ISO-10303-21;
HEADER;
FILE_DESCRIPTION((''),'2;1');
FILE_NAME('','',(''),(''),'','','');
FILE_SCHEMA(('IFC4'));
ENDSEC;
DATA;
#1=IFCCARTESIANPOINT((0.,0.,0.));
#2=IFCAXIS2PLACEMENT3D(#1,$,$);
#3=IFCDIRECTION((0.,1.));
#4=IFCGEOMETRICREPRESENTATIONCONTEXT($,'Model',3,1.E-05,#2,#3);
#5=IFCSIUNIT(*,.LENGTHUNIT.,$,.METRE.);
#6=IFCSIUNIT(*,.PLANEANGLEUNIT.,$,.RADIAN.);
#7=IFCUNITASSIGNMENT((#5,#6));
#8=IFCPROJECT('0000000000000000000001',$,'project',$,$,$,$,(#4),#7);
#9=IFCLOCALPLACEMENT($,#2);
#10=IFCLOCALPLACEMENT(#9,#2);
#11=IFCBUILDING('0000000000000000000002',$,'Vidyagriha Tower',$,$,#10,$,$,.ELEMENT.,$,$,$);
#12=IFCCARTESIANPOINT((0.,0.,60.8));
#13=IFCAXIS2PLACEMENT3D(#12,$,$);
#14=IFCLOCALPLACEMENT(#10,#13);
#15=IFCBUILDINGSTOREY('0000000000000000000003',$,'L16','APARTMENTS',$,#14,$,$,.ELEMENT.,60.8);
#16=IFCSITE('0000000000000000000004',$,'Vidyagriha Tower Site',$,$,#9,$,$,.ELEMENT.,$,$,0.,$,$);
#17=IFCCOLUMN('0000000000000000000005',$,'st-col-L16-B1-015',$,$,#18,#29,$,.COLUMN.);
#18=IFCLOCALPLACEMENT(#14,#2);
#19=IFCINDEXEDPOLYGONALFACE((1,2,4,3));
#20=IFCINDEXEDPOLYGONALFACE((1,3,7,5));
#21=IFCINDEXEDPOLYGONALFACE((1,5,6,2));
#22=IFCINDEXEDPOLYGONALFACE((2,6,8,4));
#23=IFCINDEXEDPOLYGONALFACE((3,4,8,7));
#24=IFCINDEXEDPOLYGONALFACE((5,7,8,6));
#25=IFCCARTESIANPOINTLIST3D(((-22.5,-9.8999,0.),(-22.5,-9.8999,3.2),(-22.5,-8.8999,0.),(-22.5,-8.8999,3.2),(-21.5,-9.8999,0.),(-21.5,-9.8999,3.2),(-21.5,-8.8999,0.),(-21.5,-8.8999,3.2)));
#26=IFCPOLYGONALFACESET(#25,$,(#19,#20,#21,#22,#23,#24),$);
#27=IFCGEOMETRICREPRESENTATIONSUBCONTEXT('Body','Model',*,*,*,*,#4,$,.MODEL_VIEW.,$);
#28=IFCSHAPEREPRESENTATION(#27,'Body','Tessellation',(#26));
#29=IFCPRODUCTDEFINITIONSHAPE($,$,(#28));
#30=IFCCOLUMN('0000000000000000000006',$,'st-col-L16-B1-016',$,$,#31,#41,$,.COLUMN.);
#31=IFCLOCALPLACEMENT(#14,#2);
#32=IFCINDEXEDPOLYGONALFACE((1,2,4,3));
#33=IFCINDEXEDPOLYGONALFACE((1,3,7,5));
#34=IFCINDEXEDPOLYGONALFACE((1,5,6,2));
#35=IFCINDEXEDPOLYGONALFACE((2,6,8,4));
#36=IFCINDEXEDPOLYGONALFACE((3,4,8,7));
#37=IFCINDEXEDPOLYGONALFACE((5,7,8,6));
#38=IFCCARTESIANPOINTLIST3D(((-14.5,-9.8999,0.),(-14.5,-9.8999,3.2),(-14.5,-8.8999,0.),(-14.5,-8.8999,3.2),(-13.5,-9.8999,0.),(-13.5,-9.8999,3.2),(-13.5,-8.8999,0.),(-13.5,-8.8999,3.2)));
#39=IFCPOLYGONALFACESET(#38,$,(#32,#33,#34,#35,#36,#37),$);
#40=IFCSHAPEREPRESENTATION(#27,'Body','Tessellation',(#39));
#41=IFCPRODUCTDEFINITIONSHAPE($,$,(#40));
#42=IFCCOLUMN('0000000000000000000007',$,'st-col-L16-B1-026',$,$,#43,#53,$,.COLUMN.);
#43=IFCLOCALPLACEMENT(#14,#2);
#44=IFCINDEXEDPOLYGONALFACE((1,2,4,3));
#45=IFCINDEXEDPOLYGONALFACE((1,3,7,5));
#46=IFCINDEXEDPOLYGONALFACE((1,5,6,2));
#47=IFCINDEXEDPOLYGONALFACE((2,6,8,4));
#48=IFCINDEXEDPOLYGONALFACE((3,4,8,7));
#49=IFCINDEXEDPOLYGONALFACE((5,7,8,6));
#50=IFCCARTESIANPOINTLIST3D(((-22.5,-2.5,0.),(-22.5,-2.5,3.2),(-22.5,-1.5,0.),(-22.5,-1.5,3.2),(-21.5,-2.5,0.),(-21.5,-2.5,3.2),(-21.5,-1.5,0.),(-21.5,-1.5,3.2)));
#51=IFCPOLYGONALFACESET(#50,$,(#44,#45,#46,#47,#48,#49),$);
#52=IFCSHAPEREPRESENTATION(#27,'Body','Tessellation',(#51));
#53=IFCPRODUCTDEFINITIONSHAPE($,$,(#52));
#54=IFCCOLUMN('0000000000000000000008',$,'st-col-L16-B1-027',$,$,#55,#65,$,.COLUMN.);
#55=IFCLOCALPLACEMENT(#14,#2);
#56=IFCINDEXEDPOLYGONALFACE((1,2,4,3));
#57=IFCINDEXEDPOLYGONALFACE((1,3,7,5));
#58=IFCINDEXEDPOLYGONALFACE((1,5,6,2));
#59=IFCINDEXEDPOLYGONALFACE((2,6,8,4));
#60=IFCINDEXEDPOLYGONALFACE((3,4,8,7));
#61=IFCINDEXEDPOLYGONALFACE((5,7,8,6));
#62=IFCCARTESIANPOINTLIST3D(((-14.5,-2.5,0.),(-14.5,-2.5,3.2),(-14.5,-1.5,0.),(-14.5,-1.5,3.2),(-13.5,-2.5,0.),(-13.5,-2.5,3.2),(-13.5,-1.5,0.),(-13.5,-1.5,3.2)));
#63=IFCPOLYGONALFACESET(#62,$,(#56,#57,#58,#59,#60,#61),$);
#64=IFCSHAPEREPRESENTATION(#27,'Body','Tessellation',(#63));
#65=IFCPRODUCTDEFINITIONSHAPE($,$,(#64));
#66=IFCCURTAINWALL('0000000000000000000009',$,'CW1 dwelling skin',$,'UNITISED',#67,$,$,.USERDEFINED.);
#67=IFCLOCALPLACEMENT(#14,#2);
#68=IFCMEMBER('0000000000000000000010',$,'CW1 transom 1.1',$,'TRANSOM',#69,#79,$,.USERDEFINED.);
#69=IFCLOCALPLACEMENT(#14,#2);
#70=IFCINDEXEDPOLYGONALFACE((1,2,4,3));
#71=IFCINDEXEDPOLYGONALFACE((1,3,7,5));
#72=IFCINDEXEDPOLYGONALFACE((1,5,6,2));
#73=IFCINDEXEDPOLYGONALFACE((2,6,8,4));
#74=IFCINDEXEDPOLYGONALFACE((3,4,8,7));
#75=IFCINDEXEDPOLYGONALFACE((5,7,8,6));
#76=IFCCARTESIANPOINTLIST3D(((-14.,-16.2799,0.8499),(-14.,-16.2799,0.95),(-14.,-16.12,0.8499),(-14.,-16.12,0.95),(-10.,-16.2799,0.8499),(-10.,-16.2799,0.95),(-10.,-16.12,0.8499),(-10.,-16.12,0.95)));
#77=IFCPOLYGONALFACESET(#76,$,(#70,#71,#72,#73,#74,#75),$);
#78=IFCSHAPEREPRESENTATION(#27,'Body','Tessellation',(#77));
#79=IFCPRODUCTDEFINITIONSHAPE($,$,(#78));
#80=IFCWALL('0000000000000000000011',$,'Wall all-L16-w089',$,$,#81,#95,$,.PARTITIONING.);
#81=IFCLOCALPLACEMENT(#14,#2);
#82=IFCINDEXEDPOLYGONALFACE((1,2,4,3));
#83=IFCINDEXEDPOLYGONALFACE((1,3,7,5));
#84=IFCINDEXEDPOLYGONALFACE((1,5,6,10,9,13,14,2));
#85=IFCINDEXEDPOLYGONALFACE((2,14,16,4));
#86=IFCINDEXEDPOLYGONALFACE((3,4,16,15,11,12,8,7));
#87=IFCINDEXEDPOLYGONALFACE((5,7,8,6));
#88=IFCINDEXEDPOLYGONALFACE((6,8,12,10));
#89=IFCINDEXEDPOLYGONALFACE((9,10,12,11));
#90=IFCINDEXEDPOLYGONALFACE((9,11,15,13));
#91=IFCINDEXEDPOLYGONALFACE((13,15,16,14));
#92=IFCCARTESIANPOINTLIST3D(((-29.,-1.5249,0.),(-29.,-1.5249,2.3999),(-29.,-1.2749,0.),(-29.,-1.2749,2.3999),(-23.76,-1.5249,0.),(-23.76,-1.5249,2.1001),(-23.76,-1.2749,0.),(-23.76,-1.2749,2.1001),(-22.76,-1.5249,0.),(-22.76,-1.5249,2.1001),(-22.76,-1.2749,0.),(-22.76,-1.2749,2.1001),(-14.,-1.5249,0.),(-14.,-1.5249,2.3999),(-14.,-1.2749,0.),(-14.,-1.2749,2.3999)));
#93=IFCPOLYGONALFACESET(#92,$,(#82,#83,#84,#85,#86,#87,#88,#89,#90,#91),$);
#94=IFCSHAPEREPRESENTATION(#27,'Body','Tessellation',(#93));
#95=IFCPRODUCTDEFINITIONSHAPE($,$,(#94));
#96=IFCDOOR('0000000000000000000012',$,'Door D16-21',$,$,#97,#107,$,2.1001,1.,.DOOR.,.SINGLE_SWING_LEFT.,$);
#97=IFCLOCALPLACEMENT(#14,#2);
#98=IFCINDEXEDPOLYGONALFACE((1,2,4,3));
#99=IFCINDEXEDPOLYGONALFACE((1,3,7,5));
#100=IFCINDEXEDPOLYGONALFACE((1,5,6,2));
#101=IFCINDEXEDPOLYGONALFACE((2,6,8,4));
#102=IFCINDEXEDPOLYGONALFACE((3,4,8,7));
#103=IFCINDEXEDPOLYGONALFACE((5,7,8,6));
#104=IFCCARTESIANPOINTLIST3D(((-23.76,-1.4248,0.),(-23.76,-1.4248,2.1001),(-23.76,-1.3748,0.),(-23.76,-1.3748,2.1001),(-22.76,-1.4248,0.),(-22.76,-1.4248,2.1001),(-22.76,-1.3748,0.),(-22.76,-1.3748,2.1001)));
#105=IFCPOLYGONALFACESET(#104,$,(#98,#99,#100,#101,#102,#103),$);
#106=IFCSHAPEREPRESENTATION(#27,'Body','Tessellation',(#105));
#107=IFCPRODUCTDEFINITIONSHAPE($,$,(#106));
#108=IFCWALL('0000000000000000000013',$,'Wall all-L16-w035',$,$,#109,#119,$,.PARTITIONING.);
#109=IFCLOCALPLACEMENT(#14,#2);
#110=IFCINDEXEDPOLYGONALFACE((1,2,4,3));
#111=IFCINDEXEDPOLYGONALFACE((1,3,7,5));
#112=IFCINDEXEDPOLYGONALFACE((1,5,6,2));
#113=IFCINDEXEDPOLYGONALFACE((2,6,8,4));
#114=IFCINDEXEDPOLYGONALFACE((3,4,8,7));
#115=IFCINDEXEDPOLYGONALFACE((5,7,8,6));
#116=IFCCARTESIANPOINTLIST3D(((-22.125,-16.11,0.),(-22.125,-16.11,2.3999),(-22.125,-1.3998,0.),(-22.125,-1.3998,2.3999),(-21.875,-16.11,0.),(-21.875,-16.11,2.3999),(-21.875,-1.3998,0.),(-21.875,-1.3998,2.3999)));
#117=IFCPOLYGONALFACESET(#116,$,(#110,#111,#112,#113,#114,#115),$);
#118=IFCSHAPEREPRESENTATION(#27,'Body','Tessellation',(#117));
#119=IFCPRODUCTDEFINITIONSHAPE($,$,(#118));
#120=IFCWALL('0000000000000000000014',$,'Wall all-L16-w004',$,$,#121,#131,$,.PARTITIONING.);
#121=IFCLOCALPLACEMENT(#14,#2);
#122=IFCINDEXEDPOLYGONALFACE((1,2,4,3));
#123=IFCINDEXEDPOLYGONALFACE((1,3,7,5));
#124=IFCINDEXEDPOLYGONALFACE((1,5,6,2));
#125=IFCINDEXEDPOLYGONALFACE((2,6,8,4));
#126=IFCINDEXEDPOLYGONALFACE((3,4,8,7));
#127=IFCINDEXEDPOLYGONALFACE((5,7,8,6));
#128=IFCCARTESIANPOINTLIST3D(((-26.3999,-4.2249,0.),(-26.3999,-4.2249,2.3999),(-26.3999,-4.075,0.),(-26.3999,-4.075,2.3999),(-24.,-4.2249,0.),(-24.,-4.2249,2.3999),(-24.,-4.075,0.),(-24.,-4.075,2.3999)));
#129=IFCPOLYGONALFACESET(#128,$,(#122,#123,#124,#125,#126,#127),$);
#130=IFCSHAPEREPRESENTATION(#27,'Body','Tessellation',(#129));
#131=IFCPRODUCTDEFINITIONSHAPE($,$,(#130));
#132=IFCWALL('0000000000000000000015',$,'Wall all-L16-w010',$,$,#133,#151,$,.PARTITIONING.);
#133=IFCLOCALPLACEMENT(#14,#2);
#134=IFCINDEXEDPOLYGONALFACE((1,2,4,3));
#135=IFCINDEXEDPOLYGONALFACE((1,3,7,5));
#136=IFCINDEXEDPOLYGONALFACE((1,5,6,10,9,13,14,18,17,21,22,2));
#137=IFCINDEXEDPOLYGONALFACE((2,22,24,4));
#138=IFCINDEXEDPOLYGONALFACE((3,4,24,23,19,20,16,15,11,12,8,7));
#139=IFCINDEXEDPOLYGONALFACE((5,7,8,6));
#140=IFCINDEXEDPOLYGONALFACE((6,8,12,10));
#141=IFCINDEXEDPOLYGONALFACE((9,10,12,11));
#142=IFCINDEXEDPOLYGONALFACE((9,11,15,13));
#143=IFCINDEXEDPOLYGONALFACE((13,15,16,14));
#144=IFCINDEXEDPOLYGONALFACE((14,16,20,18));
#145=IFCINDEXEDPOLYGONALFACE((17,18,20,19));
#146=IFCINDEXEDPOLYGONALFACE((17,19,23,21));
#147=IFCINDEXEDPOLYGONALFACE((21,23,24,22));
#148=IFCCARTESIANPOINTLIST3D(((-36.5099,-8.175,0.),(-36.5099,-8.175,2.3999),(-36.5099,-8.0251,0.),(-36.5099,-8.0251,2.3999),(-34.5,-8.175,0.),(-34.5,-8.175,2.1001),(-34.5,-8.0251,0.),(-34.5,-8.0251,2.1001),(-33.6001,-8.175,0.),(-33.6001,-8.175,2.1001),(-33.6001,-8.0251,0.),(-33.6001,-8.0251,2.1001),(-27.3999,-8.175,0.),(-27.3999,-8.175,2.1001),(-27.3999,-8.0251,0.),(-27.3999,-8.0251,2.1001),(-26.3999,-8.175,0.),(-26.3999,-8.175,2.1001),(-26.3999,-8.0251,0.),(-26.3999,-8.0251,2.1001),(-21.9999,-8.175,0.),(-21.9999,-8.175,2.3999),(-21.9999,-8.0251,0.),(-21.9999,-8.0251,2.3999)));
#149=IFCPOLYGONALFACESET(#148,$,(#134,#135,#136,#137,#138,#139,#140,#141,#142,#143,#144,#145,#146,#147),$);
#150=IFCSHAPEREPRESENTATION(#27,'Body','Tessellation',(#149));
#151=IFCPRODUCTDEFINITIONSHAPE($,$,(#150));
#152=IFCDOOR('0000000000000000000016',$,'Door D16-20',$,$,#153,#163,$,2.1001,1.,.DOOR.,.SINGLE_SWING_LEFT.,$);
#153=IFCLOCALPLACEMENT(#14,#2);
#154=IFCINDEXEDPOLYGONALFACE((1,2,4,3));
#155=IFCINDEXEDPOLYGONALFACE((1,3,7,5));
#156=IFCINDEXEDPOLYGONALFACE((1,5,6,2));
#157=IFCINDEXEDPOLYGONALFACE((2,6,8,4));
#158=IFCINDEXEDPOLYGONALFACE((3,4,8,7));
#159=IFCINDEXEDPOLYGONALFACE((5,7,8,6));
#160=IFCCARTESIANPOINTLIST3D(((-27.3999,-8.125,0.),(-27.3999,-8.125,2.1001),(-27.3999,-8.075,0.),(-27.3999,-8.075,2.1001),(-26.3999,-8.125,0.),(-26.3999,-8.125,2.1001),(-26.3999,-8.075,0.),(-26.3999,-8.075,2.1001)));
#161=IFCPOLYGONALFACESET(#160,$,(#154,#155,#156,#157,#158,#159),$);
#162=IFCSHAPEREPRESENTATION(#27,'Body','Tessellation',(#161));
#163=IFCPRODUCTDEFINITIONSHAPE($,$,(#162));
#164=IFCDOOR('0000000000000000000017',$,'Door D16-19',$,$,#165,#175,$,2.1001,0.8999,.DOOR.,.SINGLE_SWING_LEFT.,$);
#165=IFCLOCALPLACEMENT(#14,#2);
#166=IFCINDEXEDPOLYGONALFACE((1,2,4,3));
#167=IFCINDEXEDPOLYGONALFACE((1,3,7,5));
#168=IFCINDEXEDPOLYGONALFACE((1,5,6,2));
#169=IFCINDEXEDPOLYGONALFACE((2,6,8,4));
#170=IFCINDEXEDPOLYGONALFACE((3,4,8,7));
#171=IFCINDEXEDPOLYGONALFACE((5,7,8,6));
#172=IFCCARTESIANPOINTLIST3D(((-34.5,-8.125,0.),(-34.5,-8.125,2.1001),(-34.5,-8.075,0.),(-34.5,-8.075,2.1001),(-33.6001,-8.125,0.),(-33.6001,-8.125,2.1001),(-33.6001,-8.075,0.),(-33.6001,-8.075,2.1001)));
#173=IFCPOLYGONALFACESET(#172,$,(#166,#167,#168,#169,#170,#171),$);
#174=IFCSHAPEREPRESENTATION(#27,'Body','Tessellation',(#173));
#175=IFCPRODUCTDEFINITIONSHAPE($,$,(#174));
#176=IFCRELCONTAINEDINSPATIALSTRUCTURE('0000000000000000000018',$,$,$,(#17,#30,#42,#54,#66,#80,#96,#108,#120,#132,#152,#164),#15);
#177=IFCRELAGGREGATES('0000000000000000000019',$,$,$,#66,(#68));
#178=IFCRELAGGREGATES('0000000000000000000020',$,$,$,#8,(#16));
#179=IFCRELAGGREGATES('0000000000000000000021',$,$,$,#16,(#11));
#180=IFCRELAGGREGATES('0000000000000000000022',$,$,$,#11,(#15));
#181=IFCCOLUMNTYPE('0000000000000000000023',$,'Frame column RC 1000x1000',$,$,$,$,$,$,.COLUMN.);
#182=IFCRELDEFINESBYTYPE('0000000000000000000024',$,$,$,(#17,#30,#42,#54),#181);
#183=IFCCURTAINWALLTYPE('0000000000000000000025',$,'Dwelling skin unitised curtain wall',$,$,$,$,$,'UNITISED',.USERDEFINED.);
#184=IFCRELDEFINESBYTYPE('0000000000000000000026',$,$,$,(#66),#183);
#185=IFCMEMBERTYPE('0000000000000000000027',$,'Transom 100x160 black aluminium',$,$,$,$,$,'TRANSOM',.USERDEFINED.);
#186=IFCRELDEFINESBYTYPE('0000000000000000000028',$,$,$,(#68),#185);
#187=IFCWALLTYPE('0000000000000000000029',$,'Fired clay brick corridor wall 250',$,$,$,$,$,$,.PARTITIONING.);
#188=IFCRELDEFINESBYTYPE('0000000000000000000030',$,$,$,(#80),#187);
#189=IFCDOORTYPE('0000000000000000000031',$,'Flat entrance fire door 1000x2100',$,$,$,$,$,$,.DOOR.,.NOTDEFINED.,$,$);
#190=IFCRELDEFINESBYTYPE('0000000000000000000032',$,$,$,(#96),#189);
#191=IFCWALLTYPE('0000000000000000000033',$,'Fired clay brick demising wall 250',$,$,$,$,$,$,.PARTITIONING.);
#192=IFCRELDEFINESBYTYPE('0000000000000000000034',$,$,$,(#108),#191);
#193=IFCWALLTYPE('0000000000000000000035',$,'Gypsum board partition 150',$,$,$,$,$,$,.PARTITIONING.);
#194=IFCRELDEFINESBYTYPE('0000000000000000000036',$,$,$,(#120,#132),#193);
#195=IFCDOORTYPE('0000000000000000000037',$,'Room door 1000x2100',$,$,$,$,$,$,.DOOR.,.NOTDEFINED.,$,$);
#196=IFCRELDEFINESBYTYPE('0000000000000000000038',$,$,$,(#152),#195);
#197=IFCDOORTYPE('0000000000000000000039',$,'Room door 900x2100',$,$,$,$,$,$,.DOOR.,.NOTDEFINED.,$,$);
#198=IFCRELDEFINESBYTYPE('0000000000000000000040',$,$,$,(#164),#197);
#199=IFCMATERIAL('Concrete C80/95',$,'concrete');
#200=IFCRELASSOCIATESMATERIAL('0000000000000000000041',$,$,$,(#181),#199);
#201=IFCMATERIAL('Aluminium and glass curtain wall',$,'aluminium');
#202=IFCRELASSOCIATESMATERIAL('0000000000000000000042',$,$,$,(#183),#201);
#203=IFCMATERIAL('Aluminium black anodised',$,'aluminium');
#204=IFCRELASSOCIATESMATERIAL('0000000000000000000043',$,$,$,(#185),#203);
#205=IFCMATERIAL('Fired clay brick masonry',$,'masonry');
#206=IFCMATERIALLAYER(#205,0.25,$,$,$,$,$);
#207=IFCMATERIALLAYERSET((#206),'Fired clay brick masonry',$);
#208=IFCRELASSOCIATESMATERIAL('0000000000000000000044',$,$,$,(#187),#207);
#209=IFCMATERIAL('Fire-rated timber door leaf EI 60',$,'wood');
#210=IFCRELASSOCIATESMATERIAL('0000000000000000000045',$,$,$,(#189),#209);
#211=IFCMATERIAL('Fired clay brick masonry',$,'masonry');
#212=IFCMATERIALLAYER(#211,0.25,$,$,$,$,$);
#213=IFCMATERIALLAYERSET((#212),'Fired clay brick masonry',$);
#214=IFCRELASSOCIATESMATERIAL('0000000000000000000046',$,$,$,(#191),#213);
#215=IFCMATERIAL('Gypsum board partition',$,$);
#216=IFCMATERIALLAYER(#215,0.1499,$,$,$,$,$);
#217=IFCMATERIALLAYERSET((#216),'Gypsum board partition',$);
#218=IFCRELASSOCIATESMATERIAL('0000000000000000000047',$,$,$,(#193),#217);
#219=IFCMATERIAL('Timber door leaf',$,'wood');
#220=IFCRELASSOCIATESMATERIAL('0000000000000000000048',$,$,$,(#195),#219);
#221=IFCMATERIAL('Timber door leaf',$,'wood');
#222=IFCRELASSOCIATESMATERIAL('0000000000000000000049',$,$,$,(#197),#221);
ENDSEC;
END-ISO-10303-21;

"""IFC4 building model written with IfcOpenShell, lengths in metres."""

from ifc_helpers import new_model, si_unit, direction, frame, frame_2d, origin, origin_2d, place, context, subcontext, project, spatial, rectangle, extrude, material, layer, layer_set, material_profile, profile_set, type_object, element, fill, aggregate, save


model = new_model("IFC4")

# Units and contexts
model_context = context("Model", 3, precision=1e-05, world=origin(), true_north=direction((0.0, 1.0)))
body_context = subcontext(model_context, "Body", "Model", "MODEL_VIEW")
ifc_project = project(units=[si_unit("LENGTHUNIT", "METRE"), si_unit("PLANEANGLEUNIT", "RADIAN")], contexts=[model_context])

# Site, building, storey
site_placement = place(None, origin())
site = spatial("IfcSite", under=ifc_project, at=site_placement, Name="Vidyagriha Tower Site", CompositionType="ELEMENT", RefElevation=0.0)
building_placement = place(site_placement, origin())
building = spatial("IfcBuilding", under=site, at=building_placement, Name="Vidyagriha Tower", CompositionType="ELEMENT")
storey_placement = place(building_placement, frame((0.0, 0.0, 60.8)))
storey = spatial("IfcBuildingStorey", under=building, at=storey_placement, Name="L16", Description="APARTMENTS", CompositionType="ELEMENT", Elevation=60.8)

# Columns
ifc_material_1 = material(Name="Concrete C80/95", Category="concrete")
ifc_material_profile_1 = material_profile(ifc_material_1, rectangle(XDim=1.0, YDim=1.0, at=origin_2d()), Name="RC 1000x1000")
ifc_profile_set_1 = profile_set([ifc_material_profile_1], Name="Concrete C80/95")
column_type = type_object("IfcColumnType", Name="Frame column RC 1000x1000", PredefinedType="COLUMN", material=ifc_profile_set_1)
for number, where, name in (
    (1, (-22.0, -9.3999, 0.0), "st-col-L16-B1-015"),
    (2, (-14.0, -9.3999, 0.0), "st-col-L16-B1-016"),
    (3, (-22.0, -2.0, 0.0), "st-col-L16-B1-026"),
    (4, (-14.0, -2.0, 0.0), "st-col-L16-B1-027"),
):
    element("IfcColumn", number, at=place(storey_placement, frame(where)), inside=storey, type_object=column_type, Name=name, PredefinedType="COLUMN", context=body_context, shape_type="SweptSolid", body=[
        extrude(rectangle(XDim=1.0, YDim=1.0, at=origin_2d()), origin(), (0.0, 0.0, 1.0), 3.2),
    ])

# Curtain wall, member
ifc_material_2 = material(Name="Aluminium and glass curtain wall", Category="aluminium")
curtain_wall_type = type_object("IfcCurtainWallType", Name="Dwelling skin unitised curtain wall", ElementType="UNITISED", PredefinedType="USERDEFINED", material=ifc_material_2)
curtain_wall_placement = place(storey_placement, origin())
curtain_wall = element("IfcCurtainWall", 5, at=curtain_wall_placement, inside=storey, type_object=curtain_wall_type, Name="CW1 dwelling skin", ObjectType="UNITISED", PredefinedType="USERDEFINED")
ifc_material_3 = material(Name="Aluminium black anodised", Category="aluminium")
ifc_material_profile_2 = material_profile(ifc_material_3, rectangle(XDim=0.1599, YDim=0.1001, at=origin_2d()), Name="Transom 100x160 black aluminium")
ifc_profile_set_2 = profile_set([ifc_material_profile_2], Name="Aluminium black anodised")
member_type = type_object("IfcMemberType", Name="Transom 100x160 black aluminium", ElementType="TRANSOM", PredefinedType="USERDEFINED", material=ifc_profile_set_2)
member_placement = place(storey_placement, frame((-14.0, -16.2, 0.8999), z_axis=(1.0, 0.0, 0.0), x_axis=(0.0, 1.0, 0.0)))
member = element("IfcMember", 6, at=member_placement, type_object=member_type, Name="CW1 transom 1.1", ObjectType="TRANSOM", PredefinedType="USERDEFINED", context=body_context, shape_type="SweptSolid", body=[
    extrude(rectangle(XDim=0.1599, YDim=0.1001, at=origin_2d()), origin(), (0.0, 0.0, 1.0), 4.0),
])
aggregate(curtain_wall, [member])

# Wall, opening, door
ifc_material_4 = material(Name="Fired clay brick masonry", Category="masonry")
ifc_layer_1 = layer(ifc_material_4, 0.25)
ifc_layer_set_1 = layer_set([ifc_layer_1], Name="Fired clay brick masonry")
wall_type_1 = type_object("IfcWallType", Name="Fired clay brick corridor wall 250", PredefinedType="PARTITIONING", material=ifc_layer_set_1)
wall_1_placement = place(storey_placement, frame((-14.0, -1.3999, 0.0), z_axis=(0.0, 0.0, 1.0), x_axis=(-1.0, 0.0, 0.0)))
wall_1 = element("IfcWall", 7, at=wall_1_placement, inside=storey, type_object=wall_type_1, Name="Wall all-L16-w089", PredefinedType="PARTITIONING", context=body_context, shape_type="SweptSolid", body=[
    extrude(rectangle(XDim=15.0, YDim=0.25, at=frame_2d((7.5, 0.0))), origin(), (0.0, 0.0, 1.0), 2.3999),
])
opening_1_placement = place(wall_1_placement, frame((8.76, 0.0, 0.0)))
opening_1 = element("IfcOpeningElement", 8, at=opening_1_placement, cuts=wall_1, PredefinedType="OPENING", context=body_context, shape_type="SweptSolid", body=[
    extrude(rectangle(XDim=1.0, YDim=2.1001, at=frame_2d((0.5, 1.05))), frame((0.0, 0.135, 0.0), z_axis=(0.0, -1.0, 0.0), x_axis=(1.0, 0.0, 0.0)), (0.0, 0.0, 1.0), 0.27),
])
ifc_material_5 = material(Name="Fire-rated timber door leaf EI 60", Category="wood")
door_type_1 = type_object("IfcDoorType", Name="Flat entrance fire door 1000x2100", OperationType="NOTDEFINED", PredefinedType="DOOR", material=ifc_material_5)
door_1_placement = place(opening_1_placement, origin())
door_1 = element("IfcDoor", 9, at=door_1_placement, inside=storey, type_object=door_type_1, Name="Door D16-21", OperationType="SINGLE_SWING_LEFT", OverallHeight=2.1001, OverallWidth=1.0, PredefinedType="DOOR", context=body_context, shape_type="SweptSolid", body=[
    extrude(rectangle(XDim=1.0, YDim=2.1001, at=frame_2d((0.5, 1.05))), frame((0.0, 0.0249, 0.0), z_axis=(0.0, -1.0, 0.0), x_axis=(1.0, 0.0, 0.0)), (0.0, 0.0, 1.0), 0.05),
])
fill(opening_1, door_1)

# Walls
ifc_material_6 = material(Name="Fired clay brick masonry", Category="masonry")
ifc_layer_2 = layer(ifc_material_6, 0.25)
ifc_layer_set_2 = layer_set([ifc_layer_2], Name="Fired clay brick masonry")
wall_type_2 = type_object("IfcWallType", Name="Fired clay brick demising wall 250", PredefinedType="PARTITIONING", material=ifc_layer_set_2)
wall_2_placement = place(storey_placement, frame((-22.0, -1.3999, 0.0), z_axis=(0.0, 0.0, 1.0), x_axis=(0.0, -1.0, 0.0)))
element("IfcWall", 10, at=wall_2_placement, inside=storey, type_object=wall_type_2, Name="Wall all-L16-w035", PredefinedType="PARTITIONING", context=body_context, shape_type="SweptSolid", body=[
    extrude(rectangle(XDim=14.7102, YDim=0.25, at=frame_2d((7.355, 0.0))), origin(), (0.0, 0.0, 1.0), 2.3999),
])
ifc_material_7 = material(Name="Gypsum board partition")
ifc_layer_3 = layer(ifc_material_7, 0.1499)
ifc_layer_set_3 = layer_set([ifc_layer_3], Name="Gypsum board partition")
wall_type_3 = type_object("IfcWallType", Name="Gypsum board partition 150", PredefinedType="PARTITIONING", material=ifc_layer_set_3)
wall_3_placement = place(storey_placement, frame((-24.0, -4.1499, 0.0), z_axis=(0.0, 0.0, 1.0), x_axis=(-1.0, 0.0, 0.0)))
element("IfcWall", 11, at=wall_3_placement, inside=storey, type_object=wall_type_3, Name="Wall all-L16-w004", PredefinedType="PARTITIONING", context=body_context, shape_type="SweptSolid", body=[
    extrude(rectangle(XDim=2.3999, YDim=0.1499, at=frame_2d((1.2, 0.0))), origin(), (0.0, 0.0, 1.0), 2.3999),
])

# Wall, openings, doors
wall_4_placement = place(storey_placement, frame((-22.0, -8.1001, 0.0), z_axis=(0.0, 0.0, 1.0), x_axis=(-1.0, 0.0, 0.0)))
wall_4 = element("IfcWall", 12, at=wall_4_placement, inside=storey, type_object=wall_type_3, Name="Wall all-L16-w010", PredefinedType="PARTITIONING", context=body_context, shape_type="SweptSolid", body=[
    extrude(rectangle(XDim=14.51, YDim=0.1499, at=frame_2d((7.2549, 0.0))), origin(), (0.0, 0.0, 1.0), 2.3999),
])
opening_2_placement = place(wall_4_placement, frame((11.6001, 0.0, 0.0)))
opening_2 = element("IfcOpeningElement", 13, at=opening_2_placement, cuts=wall_4, PredefinedType="OPENING", context=body_context, shape_type="SweptSolid", body=[
    extrude(rectangle(XDim=0.8999, YDim=2.1001, at=frame_2d((0.45, 1.05))), frame((0.0, 0.085, 0.0), z_axis=(0.0, -1.0, 0.0), x_axis=(1.0, 0.0, 0.0)), (0.0, 0.0, 1.0), 0.1699),
])
opening_3_placement = place(wall_4_placement, frame((4.3999, 0.0, 0.0)))
opening_3 = element("IfcOpeningElement", 14, at=opening_3_placement, cuts=wall_4, PredefinedType="OPENING", context=body_context, shape_type="SweptSolid", body=[
    extrude(rectangle(XDim=1.0, YDim=2.1001, at=frame_2d((0.5, 1.05))), frame((0.0, 0.085, 0.0), z_axis=(0.0, -1.0, 0.0), x_axis=(1.0, 0.0, 0.0)), (0.0, 0.0, 1.0), 0.1699),
])
ifc_material_8 = material(Name="Timber door leaf", Category="wood")
door_type_2 = type_object("IfcDoorType", Name="Room door 1000x2100", OperationType="NOTDEFINED", PredefinedType="DOOR", material=ifc_material_8)
door_2_placement = place(opening_3_placement, origin())
door_2 = element("IfcDoor", 15, at=door_2_placement, inside=storey, type_object=door_type_2, Name="Door D16-20", OperationType="SINGLE_SWING_LEFT", OverallHeight=2.1001, OverallWidth=1.0, PredefinedType="DOOR", context=body_context, shape_type="SweptSolid", body=[
    extrude(rectangle(XDim=1.0, YDim=2.1001, at=frame_2d((0.5, 1.05))), frame((0.0, 0.0249, 0.0), z_axis=(0.0, -1.0, 0.0), x_axis=(1.0, 0.0, 0.0)), (0.0, 0.0, 1.0), 0.05),
])
fill(opening_3, door_2)
ifc_material_9 = material(Name="Timber door leaf", Category="wood")
door_type_3 = type_object("IfcDoorType", Name="Room door 900x2100", OperationType="NOTDEFINED", PredefinedType="DOOR", material=ifc_material_9)
door_3_placement = place(opening_2_placement, origin())
door_3 = element("IfcDoor", 16, at=door_3_placement, inside=storey, type_object=door_type_3, Name="Door D16-19", OperationType="SINGLE_SWING_LEFT", OverallHeight=2.1001, OverallWidth=0.8999, PredefinedType="DOOR", context=body_context, shape_type="SweptSolid", body=[
    extrude(rectangle(XDim=0.8999, YDim=2.1001, at=frame_2d((0.45, 1.05))), frame((0.0, 0.0249, 0.0), z_axis=(0.0, -1.0, 0.0), x_axis=(1.0, 0.0, 0.0)), (0.0, 0.0, 1.0), 0.05),
])
fill(opening_2, door_3)

save(model, "model.ifc")
